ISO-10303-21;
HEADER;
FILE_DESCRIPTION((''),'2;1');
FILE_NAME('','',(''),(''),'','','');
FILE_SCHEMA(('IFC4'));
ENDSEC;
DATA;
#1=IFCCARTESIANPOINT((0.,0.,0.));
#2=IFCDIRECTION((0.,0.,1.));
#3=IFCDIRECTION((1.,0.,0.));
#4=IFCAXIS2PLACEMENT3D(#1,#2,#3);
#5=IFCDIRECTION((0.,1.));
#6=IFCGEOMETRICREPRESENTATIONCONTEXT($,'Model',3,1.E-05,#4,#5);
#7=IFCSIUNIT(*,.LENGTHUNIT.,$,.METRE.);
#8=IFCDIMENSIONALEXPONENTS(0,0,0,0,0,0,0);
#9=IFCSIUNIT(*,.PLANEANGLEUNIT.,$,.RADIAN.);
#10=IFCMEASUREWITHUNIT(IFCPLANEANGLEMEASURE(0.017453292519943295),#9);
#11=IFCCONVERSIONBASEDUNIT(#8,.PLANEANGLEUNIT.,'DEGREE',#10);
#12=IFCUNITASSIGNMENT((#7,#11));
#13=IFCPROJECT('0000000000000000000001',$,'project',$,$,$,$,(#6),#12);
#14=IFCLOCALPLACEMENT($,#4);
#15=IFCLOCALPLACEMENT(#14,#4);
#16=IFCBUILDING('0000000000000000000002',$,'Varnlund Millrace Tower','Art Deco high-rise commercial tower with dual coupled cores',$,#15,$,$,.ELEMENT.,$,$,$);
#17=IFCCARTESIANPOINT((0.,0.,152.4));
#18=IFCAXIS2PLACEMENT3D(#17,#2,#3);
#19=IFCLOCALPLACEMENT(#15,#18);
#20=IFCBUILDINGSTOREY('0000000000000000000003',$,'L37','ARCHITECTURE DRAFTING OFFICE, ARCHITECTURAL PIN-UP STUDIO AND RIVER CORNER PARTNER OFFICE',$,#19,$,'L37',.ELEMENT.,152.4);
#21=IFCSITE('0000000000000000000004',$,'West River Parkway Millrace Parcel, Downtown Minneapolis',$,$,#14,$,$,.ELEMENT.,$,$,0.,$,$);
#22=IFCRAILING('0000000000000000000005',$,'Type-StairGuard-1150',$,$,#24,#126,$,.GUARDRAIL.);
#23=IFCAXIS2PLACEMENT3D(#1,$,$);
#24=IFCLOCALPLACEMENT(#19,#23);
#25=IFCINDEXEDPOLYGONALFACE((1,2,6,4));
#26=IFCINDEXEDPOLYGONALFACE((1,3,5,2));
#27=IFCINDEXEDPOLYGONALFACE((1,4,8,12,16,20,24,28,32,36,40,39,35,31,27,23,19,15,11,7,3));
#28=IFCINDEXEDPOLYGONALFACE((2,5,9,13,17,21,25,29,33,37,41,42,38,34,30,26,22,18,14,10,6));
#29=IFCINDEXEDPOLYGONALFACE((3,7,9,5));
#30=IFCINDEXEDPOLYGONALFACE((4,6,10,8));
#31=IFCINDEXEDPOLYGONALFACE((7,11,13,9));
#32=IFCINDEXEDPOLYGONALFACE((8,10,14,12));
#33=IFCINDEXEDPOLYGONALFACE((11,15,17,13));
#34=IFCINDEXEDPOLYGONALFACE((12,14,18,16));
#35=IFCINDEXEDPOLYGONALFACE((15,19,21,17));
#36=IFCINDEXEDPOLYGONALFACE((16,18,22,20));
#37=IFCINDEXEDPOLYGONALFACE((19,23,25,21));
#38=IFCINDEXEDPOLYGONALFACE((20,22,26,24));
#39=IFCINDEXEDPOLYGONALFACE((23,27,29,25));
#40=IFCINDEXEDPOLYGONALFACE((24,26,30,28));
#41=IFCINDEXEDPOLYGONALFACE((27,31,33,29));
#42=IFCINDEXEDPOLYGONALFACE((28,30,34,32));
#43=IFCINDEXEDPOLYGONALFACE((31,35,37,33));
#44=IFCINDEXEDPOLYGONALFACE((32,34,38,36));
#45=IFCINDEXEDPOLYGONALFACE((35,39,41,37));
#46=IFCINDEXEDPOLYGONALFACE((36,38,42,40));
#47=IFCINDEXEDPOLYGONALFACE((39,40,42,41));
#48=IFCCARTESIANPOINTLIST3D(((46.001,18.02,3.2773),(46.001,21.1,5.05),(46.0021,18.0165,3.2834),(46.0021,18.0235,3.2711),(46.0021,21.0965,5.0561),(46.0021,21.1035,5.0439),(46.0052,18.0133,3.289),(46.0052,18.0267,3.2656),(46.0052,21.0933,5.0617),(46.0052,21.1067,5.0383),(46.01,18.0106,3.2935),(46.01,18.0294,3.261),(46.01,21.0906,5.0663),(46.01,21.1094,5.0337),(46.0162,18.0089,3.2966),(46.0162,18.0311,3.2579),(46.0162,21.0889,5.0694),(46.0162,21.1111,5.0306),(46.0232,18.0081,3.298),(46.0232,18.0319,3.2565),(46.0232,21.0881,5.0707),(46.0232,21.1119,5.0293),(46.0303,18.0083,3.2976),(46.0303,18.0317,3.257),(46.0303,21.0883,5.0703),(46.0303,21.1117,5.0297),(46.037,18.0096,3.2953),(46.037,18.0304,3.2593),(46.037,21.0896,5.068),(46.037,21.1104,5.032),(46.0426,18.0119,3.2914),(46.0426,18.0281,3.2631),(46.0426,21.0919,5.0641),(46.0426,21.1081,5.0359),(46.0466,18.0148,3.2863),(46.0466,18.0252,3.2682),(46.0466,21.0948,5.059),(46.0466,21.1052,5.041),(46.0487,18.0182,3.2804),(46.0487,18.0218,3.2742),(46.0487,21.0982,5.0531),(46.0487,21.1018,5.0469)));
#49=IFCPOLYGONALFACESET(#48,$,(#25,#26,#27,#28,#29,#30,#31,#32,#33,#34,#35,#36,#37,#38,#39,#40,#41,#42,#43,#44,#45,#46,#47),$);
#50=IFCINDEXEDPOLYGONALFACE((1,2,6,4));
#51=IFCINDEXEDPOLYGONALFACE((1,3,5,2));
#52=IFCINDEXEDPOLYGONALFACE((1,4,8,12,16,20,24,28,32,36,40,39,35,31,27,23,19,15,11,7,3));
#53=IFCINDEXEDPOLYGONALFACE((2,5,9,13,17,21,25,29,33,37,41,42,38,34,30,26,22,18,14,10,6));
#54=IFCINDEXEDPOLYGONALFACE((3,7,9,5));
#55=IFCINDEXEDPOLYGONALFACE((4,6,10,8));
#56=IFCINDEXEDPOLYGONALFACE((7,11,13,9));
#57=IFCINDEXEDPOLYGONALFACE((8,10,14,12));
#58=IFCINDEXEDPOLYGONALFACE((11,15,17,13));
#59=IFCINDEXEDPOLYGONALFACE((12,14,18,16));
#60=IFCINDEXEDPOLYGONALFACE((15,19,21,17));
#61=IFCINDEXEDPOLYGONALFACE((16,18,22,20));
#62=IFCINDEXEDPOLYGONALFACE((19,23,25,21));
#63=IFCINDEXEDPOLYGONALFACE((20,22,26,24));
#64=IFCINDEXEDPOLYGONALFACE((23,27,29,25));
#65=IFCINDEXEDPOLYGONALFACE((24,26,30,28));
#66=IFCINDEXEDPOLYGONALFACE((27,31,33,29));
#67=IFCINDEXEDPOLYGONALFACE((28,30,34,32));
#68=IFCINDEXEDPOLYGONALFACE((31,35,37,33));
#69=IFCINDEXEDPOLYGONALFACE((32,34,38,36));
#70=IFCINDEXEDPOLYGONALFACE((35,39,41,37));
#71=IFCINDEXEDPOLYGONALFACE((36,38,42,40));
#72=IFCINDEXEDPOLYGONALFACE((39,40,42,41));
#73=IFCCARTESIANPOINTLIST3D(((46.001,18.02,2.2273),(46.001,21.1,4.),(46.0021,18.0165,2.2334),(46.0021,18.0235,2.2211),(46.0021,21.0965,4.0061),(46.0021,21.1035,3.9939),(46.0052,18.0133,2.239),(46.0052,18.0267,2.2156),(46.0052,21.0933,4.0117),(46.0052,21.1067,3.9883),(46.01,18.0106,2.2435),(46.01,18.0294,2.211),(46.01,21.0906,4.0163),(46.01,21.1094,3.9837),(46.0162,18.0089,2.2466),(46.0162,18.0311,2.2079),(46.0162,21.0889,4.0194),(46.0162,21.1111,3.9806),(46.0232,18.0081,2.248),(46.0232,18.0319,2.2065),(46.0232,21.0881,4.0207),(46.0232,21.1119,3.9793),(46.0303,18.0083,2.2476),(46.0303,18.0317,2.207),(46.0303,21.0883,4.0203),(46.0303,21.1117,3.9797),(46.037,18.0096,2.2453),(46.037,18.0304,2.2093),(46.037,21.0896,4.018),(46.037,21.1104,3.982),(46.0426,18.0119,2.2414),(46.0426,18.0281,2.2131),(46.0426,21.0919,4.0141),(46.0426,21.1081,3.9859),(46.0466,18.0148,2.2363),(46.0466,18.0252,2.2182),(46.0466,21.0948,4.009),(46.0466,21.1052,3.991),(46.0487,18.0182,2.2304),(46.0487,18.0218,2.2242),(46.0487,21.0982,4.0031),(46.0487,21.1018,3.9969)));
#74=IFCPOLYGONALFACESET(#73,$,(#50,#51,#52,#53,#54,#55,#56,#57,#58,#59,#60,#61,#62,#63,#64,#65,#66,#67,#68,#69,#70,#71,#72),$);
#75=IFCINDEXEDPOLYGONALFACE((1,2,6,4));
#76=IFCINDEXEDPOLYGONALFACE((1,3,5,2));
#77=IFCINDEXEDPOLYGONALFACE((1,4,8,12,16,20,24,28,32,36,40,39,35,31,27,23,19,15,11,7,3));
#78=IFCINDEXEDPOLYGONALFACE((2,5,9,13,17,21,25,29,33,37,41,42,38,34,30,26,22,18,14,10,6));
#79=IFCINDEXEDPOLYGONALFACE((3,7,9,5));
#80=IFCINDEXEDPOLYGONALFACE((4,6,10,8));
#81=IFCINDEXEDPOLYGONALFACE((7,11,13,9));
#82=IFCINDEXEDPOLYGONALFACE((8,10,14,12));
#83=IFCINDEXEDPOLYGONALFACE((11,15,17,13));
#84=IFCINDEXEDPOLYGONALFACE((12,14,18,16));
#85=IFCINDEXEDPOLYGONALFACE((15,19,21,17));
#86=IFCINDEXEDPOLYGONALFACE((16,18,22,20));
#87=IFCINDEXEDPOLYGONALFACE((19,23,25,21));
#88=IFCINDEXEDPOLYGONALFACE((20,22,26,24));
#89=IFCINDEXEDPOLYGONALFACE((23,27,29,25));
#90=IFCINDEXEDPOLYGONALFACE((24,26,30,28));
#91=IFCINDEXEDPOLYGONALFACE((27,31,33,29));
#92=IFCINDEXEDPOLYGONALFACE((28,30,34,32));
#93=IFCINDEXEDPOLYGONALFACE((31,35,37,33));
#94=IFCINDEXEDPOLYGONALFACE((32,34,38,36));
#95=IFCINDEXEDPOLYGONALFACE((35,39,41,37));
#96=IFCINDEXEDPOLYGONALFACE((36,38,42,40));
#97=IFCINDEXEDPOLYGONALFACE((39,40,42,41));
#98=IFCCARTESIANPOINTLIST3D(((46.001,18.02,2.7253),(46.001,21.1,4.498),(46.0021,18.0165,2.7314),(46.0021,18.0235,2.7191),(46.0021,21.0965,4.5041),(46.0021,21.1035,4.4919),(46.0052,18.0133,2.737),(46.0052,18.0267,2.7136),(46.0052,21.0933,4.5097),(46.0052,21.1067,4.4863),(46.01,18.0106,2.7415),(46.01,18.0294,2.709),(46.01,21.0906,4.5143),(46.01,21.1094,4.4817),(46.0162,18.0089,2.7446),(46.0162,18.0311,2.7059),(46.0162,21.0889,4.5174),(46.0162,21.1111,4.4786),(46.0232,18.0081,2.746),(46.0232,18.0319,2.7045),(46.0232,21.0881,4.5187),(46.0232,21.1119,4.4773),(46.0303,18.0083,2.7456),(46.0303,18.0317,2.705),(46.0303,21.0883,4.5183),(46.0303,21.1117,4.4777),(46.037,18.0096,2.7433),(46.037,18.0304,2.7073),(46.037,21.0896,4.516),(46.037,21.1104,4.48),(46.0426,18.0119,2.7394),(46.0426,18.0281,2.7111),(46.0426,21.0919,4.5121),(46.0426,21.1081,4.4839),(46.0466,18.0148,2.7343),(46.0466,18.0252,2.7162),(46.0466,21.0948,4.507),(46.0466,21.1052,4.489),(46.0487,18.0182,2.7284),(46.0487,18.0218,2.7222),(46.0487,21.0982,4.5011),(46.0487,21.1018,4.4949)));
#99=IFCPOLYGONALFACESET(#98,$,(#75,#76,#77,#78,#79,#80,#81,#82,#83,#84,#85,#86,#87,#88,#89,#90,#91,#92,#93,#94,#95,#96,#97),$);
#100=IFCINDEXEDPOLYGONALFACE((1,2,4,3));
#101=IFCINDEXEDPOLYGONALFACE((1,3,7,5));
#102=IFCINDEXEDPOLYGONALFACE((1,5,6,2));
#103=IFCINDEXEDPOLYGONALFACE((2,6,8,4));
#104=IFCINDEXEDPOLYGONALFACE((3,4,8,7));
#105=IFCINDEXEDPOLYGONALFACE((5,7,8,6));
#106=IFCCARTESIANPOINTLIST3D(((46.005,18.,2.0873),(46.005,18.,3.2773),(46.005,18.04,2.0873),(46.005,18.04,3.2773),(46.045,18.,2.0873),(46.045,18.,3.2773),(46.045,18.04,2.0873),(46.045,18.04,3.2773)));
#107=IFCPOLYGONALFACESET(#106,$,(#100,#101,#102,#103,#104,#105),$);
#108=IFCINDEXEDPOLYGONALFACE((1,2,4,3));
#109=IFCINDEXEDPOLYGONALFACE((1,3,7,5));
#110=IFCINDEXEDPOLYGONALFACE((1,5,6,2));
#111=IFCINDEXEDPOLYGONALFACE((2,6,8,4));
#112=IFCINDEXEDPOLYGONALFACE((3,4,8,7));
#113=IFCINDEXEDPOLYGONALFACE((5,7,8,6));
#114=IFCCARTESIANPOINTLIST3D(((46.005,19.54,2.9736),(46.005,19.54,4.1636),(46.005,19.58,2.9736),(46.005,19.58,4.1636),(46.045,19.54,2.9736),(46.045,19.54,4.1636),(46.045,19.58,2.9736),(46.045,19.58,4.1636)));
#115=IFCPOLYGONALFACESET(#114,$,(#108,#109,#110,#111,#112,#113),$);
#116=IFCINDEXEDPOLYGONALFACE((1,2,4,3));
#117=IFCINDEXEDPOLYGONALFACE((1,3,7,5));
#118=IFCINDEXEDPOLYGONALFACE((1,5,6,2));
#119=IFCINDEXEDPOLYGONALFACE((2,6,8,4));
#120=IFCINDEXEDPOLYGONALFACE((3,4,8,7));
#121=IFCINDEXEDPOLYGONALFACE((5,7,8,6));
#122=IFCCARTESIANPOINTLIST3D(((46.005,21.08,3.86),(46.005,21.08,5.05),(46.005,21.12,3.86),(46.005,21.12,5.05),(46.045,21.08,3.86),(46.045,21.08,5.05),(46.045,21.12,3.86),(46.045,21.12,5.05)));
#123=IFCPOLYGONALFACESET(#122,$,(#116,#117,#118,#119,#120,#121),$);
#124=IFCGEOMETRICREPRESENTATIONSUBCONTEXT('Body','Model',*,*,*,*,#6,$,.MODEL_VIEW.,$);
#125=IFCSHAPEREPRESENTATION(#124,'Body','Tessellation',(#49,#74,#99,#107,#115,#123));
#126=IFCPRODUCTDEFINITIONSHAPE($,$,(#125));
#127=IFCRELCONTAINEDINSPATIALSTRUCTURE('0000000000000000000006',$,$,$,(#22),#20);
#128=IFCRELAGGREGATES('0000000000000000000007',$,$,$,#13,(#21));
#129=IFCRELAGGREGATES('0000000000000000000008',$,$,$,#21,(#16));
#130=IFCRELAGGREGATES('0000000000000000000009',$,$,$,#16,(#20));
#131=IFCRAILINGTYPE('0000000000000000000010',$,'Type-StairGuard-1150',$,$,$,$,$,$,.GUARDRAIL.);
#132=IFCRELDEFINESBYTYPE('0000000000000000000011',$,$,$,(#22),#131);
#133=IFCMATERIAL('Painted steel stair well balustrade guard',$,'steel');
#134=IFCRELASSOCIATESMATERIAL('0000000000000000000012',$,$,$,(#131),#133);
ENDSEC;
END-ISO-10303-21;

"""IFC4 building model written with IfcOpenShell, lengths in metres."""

from ifc_helpers import new_model, entity, si_unit, converted_unit, direction, frame, origin_with_axes, origin_2d_with_axis, place, context, subcontext, project, spatial, rectangle, circle, extrude, material, type_object, element, save


model = new_model("IFC4")

# Units and contexts
model_context = context("Model", 3, precision=1e-05, world=origin_with_axes(), true_north=direction((0.0, 1.0)))
body_context = subcontext(model_context, "Body", "Model", "MODEL_VIEW")
ifc_project = project(units=[si_unit("LENGTHUNIT", "METRE"), converted_unit("PLANEANGLEUNIT", "DEGREE", entity("IfcPlaneAngleMeasure", 0.017453292519943295), si_unit("PLANEANGLEUNIT", "RADIAN"), dimensions=[0, 0, 0, 0, 0, 0, 0])], contexts=[model_context])

# Site, building, storey
site_placement = place(None, origin_with_axes())
site = spatial("IfcSite", under=ifc_project, at=site_placement, Name="West River Parkway Millrace Parcel, Downtown Minneapolis", CompositionType="ELEMENT", RefElevation=0.0)
building_placement = place(site_placement, origin_with_axes())
building = spatial("IfcBuilding", under=site, at=building_placement, Name="Varnlund Millrace Tower", Description="Art Deco high-rise commercial tower with dual coupled cores", CompositionType="ELEMENT")
storey_placement = place(building_placement, frame((0.0, 0.0, 152.4), z_axis=(0.0, 0.0, 1.0), x_axis=(1.0, 0.0, 0.0)))
storey = spatial("IfcBuildingStorey", under=building, at=storey_placement, Name="L37", Description="ARCHITECTURE DRAFTING OFFICE, ARCHITECTURAL PIN-UP STUDIO AND RIVER CORNER PARTNER OFFICE", LongName="L37", CompositionType="ELEMENT", Elevation=152.4)

# Railing
ifc_material_1 = material(Name="Painted steel stair well balustrade guard", Category="steel")
railing_type_1 = type_object("IfcRailingType", Name="Type-StairGuard-1150", PredefinedType="GUARDRAIL", material=ifc_material_1)
railing_1_placement = place(storey_placement, frame((0.0, 0.0, -152.4), z_axis=(0.0, 0.0, 1.0), x_axis=(1.0, 0.0, 0.0)))
element("IfcRailing", 1, at=railing_1_placement, inside=storey, type_object=railing_type_1, Name="Type-StairGuard-1150", PredefinedType="GUARDRAIL", context=body_context, shape_type="SweptSolid", body=[
    extrude(circle(Radius=0.024, at=origin_2d_with_axis()), frame((46.025, 18.02, 155.6773), z_axis=(0.0, 0.866696, 0.498836), x_axis=(-1.0, 0.0, 0.0)), (0.0, 0.0, 1.0), 3.5537),
    extrude(circle(Radius=0.024, at=origin_2d_with_axis()), frame((46.025, 18.02, 154.6273), z_axis=(0.0, 0.866696, 0.498836), x_axis=(-1.0, 0.0, 0.0)), (0.0, 0.0, 1.0), 3.5537),
    extrude(circle(Radius=0.024, at=origin_2d_with_axis()), frame((46.025, 18.02, 155.1253), z_axis=(0.0, 0.866696, 0.498836), x_axis=(-1.0, 0.0, 0.0)), (0.0, 0.0, 1.0), 3.5537),
    extrude(rectangle(XDim=0.04, YDim=0.04, at=origin_2d_with_axis()), frame((46.025, 18.02, 154.4873), z_axis=(0.0, 0.0, 1.0), x_axis=(1.0, 0.0, 0.0)), (0.0, 0.0, 1.0), 1.19),
    extrude(rectangle(XDim=0.04, YDim=0.04, at=origin_2d_with_axis()), frame((46.025, 19.56, 155.3736), z_axis=(0.0, 0.0, 1.0), x_axis=(1.0, 0.0, 0.0)), (0.0, 0.0, 1.0), 1.19),
    extrude(rectangle(XDim=0.04, YDim=0.04, at=origin_2d_with_axis()), frame((46.025, 21.1, 156.26), z_axis=(0.0, 0.0, 1.0), x_axis=(1.0, 0.0, 0.0)), (0.0, 0.0, 1.0), 1.19),
])

save(model, "model.ifc")
